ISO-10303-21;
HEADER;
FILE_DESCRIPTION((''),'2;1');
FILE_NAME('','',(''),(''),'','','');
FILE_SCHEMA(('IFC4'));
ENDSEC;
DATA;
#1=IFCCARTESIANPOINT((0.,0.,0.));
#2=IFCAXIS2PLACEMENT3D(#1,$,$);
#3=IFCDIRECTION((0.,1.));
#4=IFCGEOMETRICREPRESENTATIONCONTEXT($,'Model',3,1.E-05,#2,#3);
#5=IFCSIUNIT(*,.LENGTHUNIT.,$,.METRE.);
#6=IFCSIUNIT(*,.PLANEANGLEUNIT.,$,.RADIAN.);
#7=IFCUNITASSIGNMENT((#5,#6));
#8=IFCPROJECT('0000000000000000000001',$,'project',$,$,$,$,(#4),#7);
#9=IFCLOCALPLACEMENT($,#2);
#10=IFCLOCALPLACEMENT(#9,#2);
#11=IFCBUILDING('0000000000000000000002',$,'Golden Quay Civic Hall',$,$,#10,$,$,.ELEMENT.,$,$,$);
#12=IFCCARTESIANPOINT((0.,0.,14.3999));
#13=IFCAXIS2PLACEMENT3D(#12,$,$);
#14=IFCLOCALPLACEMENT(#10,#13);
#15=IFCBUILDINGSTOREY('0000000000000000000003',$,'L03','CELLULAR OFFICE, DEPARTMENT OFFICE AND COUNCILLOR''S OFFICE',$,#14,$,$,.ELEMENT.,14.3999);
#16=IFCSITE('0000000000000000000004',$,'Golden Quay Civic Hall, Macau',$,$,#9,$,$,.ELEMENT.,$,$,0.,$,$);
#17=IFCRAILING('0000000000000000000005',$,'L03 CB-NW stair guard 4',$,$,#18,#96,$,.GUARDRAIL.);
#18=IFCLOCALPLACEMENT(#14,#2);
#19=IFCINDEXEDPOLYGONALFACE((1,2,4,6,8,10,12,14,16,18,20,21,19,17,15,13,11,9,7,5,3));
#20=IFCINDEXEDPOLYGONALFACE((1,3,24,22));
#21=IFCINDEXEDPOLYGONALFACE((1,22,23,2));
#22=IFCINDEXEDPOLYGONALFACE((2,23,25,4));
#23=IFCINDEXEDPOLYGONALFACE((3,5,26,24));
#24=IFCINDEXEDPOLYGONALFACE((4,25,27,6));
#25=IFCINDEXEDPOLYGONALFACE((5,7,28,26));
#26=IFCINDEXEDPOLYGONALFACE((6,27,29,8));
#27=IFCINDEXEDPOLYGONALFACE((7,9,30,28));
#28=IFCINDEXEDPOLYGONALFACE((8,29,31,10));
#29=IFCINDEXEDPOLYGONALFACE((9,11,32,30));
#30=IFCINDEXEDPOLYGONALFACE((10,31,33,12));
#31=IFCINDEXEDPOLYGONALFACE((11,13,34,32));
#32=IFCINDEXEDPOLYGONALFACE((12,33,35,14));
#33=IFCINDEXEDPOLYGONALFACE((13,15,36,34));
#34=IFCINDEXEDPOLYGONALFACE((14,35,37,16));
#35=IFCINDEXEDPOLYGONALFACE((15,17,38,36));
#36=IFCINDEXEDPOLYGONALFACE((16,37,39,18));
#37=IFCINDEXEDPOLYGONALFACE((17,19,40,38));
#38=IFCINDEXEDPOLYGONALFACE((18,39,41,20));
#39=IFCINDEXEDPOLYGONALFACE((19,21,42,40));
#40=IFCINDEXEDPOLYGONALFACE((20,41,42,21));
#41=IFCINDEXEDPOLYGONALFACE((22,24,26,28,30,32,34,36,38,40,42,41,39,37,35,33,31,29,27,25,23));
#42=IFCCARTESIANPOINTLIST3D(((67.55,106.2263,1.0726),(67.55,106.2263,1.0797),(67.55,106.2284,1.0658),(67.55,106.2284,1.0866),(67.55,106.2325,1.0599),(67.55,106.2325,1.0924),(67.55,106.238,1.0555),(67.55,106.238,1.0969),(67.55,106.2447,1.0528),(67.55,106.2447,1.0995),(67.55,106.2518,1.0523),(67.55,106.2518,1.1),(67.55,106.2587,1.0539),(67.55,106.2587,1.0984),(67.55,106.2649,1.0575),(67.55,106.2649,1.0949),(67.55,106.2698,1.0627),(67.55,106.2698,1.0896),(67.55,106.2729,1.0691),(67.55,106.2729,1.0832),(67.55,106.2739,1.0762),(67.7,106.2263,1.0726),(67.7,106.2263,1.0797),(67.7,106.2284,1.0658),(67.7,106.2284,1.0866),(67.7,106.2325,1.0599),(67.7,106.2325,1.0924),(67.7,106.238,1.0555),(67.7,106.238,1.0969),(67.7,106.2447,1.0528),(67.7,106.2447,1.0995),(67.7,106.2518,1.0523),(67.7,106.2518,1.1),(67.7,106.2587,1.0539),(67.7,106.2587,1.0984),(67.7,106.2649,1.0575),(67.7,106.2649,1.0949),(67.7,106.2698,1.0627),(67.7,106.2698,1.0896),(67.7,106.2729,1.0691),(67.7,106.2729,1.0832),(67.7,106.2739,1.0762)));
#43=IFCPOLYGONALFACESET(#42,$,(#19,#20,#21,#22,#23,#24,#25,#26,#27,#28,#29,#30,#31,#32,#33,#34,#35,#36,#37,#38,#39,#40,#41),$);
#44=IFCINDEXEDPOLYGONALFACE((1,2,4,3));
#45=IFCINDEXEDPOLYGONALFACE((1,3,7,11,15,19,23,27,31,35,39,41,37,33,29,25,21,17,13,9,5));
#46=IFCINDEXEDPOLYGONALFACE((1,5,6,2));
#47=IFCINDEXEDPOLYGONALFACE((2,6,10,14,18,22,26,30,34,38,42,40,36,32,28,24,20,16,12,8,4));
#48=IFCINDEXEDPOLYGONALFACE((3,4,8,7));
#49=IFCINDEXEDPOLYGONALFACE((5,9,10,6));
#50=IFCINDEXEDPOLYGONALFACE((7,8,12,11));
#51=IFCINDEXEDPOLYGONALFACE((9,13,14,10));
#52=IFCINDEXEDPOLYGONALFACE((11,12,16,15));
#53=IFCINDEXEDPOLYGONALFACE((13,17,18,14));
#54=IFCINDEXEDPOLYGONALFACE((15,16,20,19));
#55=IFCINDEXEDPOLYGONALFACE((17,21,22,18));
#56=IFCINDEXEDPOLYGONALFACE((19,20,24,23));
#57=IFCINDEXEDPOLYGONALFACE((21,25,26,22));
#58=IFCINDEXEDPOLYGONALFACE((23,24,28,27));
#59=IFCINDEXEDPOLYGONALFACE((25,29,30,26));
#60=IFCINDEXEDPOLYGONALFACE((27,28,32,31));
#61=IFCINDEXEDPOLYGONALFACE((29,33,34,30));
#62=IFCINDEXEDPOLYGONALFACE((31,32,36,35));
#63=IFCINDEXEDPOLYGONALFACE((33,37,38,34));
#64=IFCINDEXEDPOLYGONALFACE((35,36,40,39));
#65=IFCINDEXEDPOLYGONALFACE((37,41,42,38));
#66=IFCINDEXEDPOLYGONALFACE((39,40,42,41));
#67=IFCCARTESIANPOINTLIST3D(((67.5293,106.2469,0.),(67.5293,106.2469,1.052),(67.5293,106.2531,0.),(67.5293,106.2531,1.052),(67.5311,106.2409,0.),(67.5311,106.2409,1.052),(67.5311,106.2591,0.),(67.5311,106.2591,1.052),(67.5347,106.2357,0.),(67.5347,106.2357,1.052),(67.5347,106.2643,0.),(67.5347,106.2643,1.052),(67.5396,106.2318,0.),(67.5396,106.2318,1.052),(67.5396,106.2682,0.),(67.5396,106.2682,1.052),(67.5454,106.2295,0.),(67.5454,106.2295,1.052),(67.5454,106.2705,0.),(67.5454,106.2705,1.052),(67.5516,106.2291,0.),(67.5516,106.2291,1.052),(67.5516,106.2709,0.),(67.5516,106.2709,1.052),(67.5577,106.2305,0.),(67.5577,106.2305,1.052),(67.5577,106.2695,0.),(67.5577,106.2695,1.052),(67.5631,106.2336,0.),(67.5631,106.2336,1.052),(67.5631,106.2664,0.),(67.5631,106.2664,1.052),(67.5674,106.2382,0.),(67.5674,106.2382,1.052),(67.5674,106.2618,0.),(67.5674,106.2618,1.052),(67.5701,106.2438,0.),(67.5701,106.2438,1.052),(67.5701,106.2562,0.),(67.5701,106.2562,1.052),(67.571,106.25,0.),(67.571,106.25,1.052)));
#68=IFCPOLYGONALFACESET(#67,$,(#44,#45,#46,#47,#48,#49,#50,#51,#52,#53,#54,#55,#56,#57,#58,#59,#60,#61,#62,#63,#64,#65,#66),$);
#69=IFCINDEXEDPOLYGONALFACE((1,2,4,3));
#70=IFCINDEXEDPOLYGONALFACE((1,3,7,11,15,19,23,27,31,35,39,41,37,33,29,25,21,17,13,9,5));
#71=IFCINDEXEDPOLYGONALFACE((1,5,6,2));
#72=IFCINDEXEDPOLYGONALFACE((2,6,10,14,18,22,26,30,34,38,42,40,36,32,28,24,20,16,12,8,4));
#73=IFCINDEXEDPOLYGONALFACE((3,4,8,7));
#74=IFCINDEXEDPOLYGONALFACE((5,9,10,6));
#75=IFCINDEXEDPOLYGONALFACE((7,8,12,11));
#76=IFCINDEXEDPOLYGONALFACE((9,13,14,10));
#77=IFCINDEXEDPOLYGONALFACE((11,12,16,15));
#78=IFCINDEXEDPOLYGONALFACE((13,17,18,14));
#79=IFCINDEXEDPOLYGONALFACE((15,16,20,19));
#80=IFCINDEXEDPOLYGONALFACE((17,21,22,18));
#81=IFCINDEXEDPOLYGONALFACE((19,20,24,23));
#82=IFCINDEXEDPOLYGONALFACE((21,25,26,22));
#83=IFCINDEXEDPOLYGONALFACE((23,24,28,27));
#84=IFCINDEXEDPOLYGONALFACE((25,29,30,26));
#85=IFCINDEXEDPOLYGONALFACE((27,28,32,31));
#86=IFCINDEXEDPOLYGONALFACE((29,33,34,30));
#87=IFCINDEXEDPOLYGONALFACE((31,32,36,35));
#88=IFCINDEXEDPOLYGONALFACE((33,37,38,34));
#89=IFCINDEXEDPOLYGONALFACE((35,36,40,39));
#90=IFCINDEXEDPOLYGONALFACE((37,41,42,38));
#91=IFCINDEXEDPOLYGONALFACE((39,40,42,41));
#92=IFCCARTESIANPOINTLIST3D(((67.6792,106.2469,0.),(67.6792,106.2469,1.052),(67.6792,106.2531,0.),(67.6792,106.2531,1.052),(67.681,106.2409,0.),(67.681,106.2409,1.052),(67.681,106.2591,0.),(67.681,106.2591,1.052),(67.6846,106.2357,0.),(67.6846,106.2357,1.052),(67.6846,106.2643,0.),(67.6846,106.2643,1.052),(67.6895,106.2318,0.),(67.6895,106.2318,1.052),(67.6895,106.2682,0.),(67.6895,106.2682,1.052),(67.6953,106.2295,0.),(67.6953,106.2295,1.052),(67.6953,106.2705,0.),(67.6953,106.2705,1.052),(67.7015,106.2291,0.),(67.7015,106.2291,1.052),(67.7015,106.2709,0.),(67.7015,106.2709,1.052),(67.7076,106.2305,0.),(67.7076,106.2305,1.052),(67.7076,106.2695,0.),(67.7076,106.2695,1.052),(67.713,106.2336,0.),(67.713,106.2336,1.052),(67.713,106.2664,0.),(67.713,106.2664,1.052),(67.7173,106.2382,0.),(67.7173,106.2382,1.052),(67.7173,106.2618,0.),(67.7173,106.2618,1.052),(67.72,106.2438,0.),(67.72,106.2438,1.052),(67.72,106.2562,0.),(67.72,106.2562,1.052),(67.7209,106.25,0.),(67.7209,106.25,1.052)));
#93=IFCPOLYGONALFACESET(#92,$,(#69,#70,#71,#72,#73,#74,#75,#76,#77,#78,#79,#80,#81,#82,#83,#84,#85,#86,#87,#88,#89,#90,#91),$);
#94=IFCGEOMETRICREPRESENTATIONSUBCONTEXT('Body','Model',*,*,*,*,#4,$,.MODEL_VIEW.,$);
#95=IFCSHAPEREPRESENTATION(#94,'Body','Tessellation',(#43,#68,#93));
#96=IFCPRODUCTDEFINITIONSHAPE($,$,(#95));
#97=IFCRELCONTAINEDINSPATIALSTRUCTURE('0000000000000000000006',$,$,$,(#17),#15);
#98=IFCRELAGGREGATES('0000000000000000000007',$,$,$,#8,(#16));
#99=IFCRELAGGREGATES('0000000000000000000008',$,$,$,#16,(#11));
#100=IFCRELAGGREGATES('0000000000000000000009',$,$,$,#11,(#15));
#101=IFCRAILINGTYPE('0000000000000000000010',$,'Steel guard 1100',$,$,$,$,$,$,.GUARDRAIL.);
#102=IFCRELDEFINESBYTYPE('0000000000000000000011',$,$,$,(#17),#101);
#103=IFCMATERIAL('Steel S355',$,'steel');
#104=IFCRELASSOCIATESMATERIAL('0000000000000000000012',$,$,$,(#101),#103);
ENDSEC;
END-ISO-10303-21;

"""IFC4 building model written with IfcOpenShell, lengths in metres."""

from ifc_helpers import new_model, si_unit, direction, frame, origin, origin_2d, place, context, subcontext, project, spatial, circle, extrude, material, type_object, element, save


model = new_model("IFC4")

# Units and contexts
model_context = context("Model", 3, precision=1e-05, world=origin(), true_north=direction((0.0, 1.0)))
body_context = subcontext(model_context, "Body", "Model", "MODEL_VIEW")
ifc_project = project(units=[si_unit("LENGTHUNIT", "METRE"), si_unit("PLANEANGLEUNIT", "RADIAN")], contexts=[model_context])

# Site, building, storey
site_placement = place(None, origin())
site = spatial("IfcSite", under=ifc_project, at=site_placement, Name="Golden Quay Civic Hall, Macau", CompositionType="ELEMENT", RefElevation=0.0)
building_placement = place(site_placement, origin())
building = spatial("IfcBuilding", under=site, at=building_placement, Name="Golden Quay Civic Hall", CompositionType="ELEMENT")
storey_placement = place(building_placement, frame((0.0, 0.0, 14.3999)))
storey = spatial("IfcBuildingStorey", under=building, at=storey_placement, Name="L03", Description="CELLULAR OFFICE, DEPARTMENT OFFICE AND COUNCILLOR'S OFFICE", CompositionType="ELEMENT", Elevation=14.3999)

# Railing
ifc_material_1 = material(Name="Steel S355", Category="steel")
railing_type_1 = type_object("IfcRailingType", Name="Steel guard 1100", PredefinedType="GUARDRAIL", material=ifc_material_1)
railing_1_placement = place(storey_placement, frame((67.55, 106.25, 0.0)))
element("IfcRailing", 1, at=railing_1_placement, inside=storey, type_object=railing_type_1, Name="L03 CB-NW stair guard 4", PredefinedType="GUARDRAIL", context=body_context, shape_type="SweptSolid", body=[
    extrude(circle(Radius=0.0239, at=origin_2d()), frame((0.0, 0.0, 1.0762), z_axis=(1.0, 0.0, 0.0), x_axis=(0.0, 1.0, 0.0)), (0.0, 0.0, 1.0), 0.1499),
    extrude(circle(Radius=0.021, at=origin_2d()), origin(), (0.0, 0.0, 1.0), 1.052),
    extrude(circle(Radius=0.021, at=origin_2d()), frame((0.1499, 0.0, 0.0)), (0.0, 0.0, 1.0), 1.052),
])

save(model, "model.ifc")
